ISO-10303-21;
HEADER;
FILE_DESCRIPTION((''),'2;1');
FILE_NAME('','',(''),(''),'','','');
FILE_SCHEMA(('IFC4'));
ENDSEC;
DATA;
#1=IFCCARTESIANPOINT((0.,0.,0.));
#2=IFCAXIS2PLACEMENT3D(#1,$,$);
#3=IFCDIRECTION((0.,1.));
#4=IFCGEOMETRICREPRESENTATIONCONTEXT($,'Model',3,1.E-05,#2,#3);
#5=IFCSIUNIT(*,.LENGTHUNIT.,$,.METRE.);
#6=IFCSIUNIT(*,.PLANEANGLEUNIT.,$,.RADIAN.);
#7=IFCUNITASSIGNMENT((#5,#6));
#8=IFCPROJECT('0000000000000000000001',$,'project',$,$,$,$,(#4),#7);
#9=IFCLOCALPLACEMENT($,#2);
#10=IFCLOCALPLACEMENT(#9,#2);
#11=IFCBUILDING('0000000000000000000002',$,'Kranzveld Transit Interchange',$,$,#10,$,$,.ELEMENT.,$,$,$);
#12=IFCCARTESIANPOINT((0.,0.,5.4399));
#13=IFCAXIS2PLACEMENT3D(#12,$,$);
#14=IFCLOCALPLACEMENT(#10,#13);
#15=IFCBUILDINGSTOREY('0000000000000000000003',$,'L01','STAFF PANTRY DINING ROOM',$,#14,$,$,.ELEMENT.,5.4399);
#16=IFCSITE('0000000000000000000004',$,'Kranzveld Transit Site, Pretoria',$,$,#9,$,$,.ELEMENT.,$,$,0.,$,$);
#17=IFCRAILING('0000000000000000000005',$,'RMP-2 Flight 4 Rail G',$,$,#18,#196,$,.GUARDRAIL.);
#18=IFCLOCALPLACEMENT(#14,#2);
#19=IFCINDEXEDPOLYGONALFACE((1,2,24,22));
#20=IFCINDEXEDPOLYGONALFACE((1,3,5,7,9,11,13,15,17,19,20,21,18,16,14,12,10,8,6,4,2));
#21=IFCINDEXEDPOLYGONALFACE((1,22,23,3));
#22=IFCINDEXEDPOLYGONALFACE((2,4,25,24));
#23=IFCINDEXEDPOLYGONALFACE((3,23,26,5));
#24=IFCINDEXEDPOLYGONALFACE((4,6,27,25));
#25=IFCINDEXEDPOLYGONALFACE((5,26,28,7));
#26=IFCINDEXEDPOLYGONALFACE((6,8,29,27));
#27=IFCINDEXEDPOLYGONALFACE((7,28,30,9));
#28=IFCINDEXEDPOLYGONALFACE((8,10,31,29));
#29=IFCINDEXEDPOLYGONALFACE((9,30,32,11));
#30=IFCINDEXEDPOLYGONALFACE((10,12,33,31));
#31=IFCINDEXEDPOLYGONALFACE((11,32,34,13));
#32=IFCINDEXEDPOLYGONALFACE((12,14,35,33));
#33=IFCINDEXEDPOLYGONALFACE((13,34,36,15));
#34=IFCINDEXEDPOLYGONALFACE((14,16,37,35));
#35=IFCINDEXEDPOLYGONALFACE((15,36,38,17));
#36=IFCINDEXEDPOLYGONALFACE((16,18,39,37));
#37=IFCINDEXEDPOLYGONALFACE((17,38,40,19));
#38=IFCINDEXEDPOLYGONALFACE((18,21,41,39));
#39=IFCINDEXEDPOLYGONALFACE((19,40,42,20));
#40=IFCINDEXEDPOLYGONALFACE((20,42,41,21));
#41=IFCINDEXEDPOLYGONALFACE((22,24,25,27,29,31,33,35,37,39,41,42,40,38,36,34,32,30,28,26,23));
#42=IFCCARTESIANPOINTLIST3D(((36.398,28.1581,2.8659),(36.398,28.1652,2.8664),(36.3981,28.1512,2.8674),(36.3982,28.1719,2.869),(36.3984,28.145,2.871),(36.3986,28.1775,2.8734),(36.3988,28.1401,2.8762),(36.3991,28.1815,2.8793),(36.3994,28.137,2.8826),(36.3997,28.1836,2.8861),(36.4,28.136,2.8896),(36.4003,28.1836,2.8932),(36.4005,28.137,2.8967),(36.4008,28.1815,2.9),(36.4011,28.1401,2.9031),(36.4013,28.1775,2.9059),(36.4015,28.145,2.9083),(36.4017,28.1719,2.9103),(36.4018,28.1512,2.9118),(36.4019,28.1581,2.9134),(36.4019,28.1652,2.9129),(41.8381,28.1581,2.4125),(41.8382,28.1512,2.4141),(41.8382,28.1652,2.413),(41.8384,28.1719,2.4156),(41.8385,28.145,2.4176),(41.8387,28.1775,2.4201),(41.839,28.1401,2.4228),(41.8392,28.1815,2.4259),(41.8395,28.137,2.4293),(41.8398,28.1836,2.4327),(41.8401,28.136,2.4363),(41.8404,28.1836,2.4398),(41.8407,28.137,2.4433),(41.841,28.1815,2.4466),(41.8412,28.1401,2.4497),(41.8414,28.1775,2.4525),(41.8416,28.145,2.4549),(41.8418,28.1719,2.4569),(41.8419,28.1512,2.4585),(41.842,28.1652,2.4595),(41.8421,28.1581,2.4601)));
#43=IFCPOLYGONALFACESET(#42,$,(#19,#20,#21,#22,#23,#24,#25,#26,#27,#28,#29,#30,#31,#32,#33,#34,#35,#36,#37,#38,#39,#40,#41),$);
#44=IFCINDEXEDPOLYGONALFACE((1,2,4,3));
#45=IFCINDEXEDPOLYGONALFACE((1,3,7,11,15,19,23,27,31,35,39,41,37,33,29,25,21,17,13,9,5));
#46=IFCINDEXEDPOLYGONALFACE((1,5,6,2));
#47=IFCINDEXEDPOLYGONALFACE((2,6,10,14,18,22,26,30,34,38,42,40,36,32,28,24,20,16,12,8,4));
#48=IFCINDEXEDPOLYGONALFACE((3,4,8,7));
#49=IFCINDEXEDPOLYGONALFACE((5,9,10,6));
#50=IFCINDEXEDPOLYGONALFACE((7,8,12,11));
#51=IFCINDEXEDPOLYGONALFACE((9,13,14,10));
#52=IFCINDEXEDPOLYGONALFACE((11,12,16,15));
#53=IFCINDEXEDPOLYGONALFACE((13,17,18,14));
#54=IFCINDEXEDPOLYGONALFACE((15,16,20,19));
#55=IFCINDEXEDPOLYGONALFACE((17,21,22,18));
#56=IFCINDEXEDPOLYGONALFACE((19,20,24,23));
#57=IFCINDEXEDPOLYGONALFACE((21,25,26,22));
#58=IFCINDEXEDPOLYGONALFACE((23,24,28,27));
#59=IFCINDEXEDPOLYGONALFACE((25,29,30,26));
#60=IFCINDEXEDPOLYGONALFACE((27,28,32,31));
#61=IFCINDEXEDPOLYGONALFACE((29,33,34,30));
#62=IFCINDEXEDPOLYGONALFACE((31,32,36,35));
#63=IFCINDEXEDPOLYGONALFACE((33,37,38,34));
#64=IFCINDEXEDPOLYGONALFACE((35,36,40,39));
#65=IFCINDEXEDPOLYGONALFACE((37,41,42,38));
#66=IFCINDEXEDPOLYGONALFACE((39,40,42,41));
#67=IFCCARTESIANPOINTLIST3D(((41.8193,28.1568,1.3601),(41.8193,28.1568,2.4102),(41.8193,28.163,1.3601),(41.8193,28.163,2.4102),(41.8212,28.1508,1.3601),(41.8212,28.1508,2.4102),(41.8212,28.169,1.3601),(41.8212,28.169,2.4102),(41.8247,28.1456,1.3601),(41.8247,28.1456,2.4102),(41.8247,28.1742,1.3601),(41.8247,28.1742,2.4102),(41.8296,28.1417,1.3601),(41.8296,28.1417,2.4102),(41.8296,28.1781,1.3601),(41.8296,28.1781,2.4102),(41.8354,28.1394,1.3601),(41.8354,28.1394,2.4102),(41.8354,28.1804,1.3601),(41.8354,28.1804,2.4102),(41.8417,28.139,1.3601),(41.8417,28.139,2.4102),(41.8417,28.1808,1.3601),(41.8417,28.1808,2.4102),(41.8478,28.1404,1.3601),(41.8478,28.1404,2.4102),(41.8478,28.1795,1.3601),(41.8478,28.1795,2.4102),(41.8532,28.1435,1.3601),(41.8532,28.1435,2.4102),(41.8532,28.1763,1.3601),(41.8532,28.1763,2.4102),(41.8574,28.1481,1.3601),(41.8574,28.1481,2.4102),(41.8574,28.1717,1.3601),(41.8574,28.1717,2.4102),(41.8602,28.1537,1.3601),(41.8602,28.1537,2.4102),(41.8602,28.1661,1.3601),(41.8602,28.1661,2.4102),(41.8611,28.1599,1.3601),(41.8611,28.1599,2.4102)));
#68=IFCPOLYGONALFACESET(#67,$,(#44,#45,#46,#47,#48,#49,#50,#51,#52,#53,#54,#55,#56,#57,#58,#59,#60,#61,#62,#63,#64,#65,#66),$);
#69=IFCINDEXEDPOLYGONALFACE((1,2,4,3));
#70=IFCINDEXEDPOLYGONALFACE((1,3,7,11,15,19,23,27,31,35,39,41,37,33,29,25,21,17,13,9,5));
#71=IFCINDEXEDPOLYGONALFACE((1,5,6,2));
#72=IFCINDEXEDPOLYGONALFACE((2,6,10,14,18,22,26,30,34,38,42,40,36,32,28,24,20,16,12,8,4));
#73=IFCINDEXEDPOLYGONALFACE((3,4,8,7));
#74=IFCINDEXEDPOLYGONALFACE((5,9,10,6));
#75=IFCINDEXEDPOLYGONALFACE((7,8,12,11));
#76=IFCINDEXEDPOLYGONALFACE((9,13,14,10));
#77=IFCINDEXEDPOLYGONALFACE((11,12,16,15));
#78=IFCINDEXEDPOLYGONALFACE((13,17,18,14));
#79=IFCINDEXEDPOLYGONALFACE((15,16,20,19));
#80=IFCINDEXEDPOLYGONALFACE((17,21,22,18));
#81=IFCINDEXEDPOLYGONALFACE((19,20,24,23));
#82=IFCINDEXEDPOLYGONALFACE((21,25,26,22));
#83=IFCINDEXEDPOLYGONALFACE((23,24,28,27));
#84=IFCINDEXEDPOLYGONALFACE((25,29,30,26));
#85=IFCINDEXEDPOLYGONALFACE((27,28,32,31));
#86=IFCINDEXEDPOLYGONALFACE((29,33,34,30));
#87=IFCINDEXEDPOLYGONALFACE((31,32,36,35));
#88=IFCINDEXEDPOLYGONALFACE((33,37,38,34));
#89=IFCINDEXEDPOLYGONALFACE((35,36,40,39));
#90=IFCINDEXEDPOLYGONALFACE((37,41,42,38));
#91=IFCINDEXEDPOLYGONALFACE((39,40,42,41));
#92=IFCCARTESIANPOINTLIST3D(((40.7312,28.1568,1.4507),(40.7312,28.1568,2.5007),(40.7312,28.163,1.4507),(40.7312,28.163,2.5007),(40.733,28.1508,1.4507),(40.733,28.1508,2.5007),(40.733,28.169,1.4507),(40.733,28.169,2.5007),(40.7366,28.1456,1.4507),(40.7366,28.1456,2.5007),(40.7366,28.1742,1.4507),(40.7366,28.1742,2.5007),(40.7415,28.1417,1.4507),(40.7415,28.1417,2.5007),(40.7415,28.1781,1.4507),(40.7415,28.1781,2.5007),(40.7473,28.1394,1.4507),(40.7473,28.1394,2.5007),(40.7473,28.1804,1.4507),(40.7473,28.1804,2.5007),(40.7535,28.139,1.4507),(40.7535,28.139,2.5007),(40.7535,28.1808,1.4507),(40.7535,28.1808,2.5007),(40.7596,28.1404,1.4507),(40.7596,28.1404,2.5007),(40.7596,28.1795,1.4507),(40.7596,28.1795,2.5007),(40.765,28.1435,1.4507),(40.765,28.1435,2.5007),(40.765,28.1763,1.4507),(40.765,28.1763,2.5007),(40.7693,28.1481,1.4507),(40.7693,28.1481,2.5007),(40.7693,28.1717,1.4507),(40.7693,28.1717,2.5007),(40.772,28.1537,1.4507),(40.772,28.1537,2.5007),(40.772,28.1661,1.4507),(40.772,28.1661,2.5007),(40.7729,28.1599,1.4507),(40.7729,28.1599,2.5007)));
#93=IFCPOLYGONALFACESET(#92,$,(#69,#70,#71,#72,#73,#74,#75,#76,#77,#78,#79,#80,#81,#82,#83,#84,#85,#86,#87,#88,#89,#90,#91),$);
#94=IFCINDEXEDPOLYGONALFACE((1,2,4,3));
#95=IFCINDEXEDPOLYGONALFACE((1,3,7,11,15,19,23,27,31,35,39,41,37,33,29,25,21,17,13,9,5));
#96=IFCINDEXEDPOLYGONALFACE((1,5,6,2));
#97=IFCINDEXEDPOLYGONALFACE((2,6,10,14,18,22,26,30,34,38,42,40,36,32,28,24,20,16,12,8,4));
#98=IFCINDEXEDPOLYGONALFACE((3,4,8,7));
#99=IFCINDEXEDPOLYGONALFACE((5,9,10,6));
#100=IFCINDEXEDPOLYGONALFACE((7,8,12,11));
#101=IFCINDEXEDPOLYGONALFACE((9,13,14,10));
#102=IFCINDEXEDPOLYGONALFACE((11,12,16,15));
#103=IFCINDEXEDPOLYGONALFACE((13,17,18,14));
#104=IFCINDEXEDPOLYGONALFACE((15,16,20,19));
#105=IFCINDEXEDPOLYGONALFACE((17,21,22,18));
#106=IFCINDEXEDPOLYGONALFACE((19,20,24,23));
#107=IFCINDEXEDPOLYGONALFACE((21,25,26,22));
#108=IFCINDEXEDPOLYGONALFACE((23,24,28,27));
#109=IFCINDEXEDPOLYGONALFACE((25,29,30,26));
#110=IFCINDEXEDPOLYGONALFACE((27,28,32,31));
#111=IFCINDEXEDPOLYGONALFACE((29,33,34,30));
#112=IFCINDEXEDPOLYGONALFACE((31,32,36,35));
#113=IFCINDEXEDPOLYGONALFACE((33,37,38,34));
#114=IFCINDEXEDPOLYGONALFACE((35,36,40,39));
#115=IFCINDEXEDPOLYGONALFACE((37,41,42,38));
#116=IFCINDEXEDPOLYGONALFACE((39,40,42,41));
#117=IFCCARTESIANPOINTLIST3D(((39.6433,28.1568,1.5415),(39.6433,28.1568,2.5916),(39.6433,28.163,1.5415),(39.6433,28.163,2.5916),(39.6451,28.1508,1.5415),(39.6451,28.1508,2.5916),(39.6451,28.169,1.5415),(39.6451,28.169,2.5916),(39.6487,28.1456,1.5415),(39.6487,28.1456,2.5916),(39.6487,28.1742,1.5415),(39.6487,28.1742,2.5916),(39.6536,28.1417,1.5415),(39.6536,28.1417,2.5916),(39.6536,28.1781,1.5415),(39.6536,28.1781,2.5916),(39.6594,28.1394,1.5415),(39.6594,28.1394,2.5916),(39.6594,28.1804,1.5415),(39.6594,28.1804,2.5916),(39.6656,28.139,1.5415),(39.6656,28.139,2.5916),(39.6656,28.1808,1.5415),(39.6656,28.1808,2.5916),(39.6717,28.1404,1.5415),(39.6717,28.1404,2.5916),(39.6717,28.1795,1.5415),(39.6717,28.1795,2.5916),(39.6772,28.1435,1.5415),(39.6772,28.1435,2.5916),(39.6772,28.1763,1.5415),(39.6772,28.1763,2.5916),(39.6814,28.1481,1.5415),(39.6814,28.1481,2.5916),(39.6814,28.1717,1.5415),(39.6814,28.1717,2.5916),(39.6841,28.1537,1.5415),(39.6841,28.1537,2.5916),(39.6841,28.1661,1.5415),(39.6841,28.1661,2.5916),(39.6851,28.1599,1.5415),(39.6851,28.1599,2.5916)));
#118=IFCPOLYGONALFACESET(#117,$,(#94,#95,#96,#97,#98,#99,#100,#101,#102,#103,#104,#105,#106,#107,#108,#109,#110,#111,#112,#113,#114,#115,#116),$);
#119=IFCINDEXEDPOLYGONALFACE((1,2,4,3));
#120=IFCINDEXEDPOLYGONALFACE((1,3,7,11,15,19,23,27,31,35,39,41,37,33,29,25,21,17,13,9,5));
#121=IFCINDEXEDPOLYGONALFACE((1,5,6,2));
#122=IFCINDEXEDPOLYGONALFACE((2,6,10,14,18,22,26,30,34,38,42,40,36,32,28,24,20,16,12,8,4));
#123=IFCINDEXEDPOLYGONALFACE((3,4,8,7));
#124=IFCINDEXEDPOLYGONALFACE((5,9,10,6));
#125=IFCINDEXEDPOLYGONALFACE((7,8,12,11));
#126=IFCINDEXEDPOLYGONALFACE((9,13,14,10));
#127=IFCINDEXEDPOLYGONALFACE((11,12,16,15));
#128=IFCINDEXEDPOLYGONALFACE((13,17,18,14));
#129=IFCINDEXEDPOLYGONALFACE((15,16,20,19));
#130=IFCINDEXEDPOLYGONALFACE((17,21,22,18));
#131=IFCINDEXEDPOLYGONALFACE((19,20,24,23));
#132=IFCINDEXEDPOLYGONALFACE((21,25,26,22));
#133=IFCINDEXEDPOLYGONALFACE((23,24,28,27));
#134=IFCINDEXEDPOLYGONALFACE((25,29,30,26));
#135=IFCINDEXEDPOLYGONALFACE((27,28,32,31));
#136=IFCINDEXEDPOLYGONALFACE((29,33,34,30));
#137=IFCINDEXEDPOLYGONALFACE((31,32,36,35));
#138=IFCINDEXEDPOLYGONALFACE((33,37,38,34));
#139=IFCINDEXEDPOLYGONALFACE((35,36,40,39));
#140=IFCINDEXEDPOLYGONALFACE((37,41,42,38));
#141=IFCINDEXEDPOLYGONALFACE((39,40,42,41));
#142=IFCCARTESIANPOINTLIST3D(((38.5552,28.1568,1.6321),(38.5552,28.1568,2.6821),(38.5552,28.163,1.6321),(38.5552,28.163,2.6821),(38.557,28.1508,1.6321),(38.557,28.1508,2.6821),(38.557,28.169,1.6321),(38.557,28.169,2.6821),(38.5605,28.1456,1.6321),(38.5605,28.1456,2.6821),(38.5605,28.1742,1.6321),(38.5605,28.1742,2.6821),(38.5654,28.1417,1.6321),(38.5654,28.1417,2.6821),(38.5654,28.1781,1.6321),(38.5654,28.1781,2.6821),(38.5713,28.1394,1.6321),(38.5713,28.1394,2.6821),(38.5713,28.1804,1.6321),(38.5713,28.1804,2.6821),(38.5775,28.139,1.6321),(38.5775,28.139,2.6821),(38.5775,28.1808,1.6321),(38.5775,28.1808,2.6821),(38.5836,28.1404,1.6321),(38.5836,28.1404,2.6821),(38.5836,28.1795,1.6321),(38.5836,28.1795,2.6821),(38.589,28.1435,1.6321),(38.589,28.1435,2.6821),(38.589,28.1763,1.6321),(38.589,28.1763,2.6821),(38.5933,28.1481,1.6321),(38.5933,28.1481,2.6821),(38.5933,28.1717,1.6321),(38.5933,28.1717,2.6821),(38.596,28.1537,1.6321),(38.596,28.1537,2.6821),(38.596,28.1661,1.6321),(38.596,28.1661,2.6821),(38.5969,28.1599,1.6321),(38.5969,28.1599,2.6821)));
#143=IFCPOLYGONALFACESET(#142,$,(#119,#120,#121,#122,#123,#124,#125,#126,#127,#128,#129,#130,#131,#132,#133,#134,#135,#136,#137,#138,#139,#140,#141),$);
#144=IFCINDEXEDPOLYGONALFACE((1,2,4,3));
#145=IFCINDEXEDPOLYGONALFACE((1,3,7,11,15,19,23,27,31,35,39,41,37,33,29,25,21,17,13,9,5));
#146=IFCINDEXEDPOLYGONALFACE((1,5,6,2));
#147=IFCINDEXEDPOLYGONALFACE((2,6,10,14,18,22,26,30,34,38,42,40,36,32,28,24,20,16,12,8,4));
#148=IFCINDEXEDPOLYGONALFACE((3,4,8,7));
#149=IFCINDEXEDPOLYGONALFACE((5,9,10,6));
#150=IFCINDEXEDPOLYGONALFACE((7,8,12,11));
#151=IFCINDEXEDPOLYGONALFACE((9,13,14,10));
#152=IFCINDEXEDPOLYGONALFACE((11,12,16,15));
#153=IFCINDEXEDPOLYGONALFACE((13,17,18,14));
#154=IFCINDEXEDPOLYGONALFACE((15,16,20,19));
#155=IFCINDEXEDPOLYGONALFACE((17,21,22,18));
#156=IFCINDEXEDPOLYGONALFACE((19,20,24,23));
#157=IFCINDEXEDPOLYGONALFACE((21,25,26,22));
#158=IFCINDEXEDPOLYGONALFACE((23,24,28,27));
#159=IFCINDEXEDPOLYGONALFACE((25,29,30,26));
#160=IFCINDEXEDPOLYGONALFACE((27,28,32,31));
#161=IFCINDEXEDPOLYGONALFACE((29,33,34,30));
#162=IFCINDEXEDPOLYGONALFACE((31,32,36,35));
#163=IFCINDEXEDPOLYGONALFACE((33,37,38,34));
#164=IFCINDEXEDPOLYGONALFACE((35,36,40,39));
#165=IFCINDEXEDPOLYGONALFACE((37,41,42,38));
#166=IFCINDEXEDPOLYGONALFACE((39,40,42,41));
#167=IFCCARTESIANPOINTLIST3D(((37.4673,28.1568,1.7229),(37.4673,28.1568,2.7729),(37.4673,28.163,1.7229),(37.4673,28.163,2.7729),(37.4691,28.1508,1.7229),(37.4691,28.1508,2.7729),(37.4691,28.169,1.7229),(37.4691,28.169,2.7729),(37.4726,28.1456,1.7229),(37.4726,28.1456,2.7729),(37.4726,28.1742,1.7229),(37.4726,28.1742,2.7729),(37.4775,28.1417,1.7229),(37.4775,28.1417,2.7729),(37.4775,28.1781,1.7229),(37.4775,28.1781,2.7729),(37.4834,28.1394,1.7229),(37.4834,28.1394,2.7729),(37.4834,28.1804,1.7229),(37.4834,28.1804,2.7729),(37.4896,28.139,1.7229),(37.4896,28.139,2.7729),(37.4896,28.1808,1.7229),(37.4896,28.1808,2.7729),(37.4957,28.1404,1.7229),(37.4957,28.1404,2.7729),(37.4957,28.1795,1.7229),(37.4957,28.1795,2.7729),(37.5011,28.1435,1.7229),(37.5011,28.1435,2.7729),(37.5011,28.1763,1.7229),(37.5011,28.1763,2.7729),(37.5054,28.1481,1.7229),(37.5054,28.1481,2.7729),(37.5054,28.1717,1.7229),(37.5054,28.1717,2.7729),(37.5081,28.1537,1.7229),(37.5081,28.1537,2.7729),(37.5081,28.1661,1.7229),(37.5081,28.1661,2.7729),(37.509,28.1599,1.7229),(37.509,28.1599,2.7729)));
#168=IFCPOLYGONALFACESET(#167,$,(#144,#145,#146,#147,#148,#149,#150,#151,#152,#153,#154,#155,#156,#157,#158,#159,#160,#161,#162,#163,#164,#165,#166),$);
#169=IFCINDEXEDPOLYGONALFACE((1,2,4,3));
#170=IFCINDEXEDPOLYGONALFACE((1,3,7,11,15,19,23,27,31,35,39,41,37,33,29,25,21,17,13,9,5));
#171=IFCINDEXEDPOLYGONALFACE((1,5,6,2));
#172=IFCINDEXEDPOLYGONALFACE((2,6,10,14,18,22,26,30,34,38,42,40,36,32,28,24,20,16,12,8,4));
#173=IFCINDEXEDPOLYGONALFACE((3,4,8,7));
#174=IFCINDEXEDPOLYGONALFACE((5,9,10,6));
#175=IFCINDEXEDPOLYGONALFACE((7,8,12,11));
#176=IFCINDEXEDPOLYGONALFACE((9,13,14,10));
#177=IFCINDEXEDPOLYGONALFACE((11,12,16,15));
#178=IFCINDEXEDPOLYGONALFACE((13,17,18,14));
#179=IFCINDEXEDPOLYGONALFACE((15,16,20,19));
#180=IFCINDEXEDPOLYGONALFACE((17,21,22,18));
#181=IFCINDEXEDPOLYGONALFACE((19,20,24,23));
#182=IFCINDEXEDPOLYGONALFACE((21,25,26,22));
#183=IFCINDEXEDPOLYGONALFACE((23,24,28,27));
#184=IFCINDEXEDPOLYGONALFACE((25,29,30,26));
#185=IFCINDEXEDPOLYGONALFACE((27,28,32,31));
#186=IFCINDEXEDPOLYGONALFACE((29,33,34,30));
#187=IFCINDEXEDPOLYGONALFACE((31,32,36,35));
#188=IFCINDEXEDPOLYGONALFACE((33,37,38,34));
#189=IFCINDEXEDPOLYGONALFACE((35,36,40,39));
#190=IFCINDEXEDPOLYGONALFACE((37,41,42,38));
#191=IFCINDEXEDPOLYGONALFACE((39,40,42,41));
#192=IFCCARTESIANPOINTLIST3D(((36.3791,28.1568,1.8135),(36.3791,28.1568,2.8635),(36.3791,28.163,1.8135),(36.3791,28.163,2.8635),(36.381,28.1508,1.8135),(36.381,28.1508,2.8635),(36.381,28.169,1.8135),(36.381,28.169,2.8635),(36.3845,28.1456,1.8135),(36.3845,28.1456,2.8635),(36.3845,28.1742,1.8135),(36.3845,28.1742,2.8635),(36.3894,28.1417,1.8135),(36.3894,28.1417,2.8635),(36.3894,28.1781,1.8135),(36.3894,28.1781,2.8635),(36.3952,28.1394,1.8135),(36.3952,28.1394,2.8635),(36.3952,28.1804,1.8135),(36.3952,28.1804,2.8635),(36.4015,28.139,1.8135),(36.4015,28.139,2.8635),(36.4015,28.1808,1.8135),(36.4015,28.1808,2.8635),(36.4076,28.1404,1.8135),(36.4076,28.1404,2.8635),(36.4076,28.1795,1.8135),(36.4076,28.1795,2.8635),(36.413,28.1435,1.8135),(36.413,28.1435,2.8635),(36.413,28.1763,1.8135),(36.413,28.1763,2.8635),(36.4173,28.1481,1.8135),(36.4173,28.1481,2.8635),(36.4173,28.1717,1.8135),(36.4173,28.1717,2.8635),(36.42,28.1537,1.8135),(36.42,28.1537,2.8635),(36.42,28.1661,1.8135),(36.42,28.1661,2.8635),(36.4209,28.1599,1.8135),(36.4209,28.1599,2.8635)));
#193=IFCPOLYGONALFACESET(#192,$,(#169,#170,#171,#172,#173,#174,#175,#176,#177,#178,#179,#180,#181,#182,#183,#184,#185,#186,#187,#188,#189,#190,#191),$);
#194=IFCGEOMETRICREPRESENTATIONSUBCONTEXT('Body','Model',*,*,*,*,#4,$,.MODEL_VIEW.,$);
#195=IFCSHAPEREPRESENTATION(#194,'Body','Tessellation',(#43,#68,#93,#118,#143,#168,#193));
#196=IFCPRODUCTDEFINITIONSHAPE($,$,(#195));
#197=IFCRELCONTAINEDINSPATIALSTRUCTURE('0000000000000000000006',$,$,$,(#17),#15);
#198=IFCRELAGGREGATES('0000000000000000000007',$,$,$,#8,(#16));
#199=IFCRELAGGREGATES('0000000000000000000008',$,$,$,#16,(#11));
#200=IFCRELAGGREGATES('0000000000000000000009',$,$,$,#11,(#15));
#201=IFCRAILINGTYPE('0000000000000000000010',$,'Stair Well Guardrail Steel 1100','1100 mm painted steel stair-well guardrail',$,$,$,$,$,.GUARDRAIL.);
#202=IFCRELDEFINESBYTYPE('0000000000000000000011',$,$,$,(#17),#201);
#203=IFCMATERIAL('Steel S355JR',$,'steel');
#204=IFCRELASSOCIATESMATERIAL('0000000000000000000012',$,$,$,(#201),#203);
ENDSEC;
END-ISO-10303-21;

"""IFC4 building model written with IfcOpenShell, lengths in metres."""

from ifc_helpers import new_model, si_unit, direction, frame, origin, origin_2d, place, context, subcontext, project, spatial, circle, extrude, material, type_object, element, save


model = new_model("IFC4")

# Units and contexts
model_context = context("Model", 3, precision=1e-05, world=origin(), true_north=direction((0.0, 1.0)))
body_context = subcontext(model_context, "Body", "Model", "MODEL_VIEW")
ifc_project = project(units=[si_unit("LENGTHUNIT", "METRE"), si_unit("PLANEANGLEUNIT", "RADIAN")], contexts=[model_context])

# Site, building, storey
site_placement = place(None, origin())
site = spatial("IfcSite", under=ifc_project, at=site_placement, Name="Kranzveld Transit Site, Pretoria", CompositionType="ELEMENT", RefElevation=0.0)
building_placement = place(site_placement, origin())
building = spatial("IfcBuilding", under=site, at=building_placement, Name="Kranzveld Transit Interchange", CompositionType="ELEMENT")
storey_placement = place(building_placement, frame((0.0, 0.0, 5.4399)))
storey = spatial("IfcBuildingStorey", under=building, at=storey_placement, Name="L01", Description="STAFF PANTRY DINING ROOM", CompositionType="ELEMENT", Elevation=5.4399)

# Railing
ifc_material_1 = material(Name="Steel S355JR", Category="steel")
railing_type_1 = type_object("IfcRailingType", Name="Stair Well Guardrail Steel 1100", Description="1100 mm painted steel stair-well guardrail", PredefinedType="GUARDRAIL", material=ifc_material_1)
railing_1_placement = place(storey_placement, frame((41.8401, 28.1599, 1.3601)))
element("IfcRailing", 1, at=railing_1_placement, inside=storey, type_object=railing_type_1, Name="RMP-2 Flight 4 Rail G", PredefinedType="GUARDRAIL", context=body_context, shape_type="SweptSolid", body=[
    extrude(circle(Radius=0.0239, at=origin_2d()), frame((0.0, 0.0, 1.0762), z_axis=(-0.996545, 0.0, 0.083049), x_axis=(0.0, -1.0, 0.0)), (0.0, 0.0, 1.0), 5.459),
    extrude(circle(Radius=0.021, at=origin_2d()), origin(), (0.0, 0.0, 1.0), 1.05),
    extrude(circle(Radius=0.021, at=origin_2d()), frame((-1.0881, 0.0, 0.0906)), (0.0, 0.0, 1.0), 1.05),
    extrude(circle(Radius=0.021, at=origin_2d()), frame((-2.176, 0.0, 0.1814)), (0.0, 0.0, 1.0), 1.05),
    extrude(circle(Radius=0.021, at=origin_2d()), frame((-3.2642, 0.0, 0.272)), (0.0, 0.0, 1.0), 1.05),
    extrude(circle(Radius=0.021, at=origin_2d()), frame((-4.3521, 0.0, 0.3628)), (0.0, 0.0, 1.0), 1.05),
    extrude(circle(Radius=0.021, at=origin_2d()), frame((-5.4402, 0.0, 0.4534)), (0.0, 0.0, 1.0), 1.05),
])

save(model, "model.ifc")
